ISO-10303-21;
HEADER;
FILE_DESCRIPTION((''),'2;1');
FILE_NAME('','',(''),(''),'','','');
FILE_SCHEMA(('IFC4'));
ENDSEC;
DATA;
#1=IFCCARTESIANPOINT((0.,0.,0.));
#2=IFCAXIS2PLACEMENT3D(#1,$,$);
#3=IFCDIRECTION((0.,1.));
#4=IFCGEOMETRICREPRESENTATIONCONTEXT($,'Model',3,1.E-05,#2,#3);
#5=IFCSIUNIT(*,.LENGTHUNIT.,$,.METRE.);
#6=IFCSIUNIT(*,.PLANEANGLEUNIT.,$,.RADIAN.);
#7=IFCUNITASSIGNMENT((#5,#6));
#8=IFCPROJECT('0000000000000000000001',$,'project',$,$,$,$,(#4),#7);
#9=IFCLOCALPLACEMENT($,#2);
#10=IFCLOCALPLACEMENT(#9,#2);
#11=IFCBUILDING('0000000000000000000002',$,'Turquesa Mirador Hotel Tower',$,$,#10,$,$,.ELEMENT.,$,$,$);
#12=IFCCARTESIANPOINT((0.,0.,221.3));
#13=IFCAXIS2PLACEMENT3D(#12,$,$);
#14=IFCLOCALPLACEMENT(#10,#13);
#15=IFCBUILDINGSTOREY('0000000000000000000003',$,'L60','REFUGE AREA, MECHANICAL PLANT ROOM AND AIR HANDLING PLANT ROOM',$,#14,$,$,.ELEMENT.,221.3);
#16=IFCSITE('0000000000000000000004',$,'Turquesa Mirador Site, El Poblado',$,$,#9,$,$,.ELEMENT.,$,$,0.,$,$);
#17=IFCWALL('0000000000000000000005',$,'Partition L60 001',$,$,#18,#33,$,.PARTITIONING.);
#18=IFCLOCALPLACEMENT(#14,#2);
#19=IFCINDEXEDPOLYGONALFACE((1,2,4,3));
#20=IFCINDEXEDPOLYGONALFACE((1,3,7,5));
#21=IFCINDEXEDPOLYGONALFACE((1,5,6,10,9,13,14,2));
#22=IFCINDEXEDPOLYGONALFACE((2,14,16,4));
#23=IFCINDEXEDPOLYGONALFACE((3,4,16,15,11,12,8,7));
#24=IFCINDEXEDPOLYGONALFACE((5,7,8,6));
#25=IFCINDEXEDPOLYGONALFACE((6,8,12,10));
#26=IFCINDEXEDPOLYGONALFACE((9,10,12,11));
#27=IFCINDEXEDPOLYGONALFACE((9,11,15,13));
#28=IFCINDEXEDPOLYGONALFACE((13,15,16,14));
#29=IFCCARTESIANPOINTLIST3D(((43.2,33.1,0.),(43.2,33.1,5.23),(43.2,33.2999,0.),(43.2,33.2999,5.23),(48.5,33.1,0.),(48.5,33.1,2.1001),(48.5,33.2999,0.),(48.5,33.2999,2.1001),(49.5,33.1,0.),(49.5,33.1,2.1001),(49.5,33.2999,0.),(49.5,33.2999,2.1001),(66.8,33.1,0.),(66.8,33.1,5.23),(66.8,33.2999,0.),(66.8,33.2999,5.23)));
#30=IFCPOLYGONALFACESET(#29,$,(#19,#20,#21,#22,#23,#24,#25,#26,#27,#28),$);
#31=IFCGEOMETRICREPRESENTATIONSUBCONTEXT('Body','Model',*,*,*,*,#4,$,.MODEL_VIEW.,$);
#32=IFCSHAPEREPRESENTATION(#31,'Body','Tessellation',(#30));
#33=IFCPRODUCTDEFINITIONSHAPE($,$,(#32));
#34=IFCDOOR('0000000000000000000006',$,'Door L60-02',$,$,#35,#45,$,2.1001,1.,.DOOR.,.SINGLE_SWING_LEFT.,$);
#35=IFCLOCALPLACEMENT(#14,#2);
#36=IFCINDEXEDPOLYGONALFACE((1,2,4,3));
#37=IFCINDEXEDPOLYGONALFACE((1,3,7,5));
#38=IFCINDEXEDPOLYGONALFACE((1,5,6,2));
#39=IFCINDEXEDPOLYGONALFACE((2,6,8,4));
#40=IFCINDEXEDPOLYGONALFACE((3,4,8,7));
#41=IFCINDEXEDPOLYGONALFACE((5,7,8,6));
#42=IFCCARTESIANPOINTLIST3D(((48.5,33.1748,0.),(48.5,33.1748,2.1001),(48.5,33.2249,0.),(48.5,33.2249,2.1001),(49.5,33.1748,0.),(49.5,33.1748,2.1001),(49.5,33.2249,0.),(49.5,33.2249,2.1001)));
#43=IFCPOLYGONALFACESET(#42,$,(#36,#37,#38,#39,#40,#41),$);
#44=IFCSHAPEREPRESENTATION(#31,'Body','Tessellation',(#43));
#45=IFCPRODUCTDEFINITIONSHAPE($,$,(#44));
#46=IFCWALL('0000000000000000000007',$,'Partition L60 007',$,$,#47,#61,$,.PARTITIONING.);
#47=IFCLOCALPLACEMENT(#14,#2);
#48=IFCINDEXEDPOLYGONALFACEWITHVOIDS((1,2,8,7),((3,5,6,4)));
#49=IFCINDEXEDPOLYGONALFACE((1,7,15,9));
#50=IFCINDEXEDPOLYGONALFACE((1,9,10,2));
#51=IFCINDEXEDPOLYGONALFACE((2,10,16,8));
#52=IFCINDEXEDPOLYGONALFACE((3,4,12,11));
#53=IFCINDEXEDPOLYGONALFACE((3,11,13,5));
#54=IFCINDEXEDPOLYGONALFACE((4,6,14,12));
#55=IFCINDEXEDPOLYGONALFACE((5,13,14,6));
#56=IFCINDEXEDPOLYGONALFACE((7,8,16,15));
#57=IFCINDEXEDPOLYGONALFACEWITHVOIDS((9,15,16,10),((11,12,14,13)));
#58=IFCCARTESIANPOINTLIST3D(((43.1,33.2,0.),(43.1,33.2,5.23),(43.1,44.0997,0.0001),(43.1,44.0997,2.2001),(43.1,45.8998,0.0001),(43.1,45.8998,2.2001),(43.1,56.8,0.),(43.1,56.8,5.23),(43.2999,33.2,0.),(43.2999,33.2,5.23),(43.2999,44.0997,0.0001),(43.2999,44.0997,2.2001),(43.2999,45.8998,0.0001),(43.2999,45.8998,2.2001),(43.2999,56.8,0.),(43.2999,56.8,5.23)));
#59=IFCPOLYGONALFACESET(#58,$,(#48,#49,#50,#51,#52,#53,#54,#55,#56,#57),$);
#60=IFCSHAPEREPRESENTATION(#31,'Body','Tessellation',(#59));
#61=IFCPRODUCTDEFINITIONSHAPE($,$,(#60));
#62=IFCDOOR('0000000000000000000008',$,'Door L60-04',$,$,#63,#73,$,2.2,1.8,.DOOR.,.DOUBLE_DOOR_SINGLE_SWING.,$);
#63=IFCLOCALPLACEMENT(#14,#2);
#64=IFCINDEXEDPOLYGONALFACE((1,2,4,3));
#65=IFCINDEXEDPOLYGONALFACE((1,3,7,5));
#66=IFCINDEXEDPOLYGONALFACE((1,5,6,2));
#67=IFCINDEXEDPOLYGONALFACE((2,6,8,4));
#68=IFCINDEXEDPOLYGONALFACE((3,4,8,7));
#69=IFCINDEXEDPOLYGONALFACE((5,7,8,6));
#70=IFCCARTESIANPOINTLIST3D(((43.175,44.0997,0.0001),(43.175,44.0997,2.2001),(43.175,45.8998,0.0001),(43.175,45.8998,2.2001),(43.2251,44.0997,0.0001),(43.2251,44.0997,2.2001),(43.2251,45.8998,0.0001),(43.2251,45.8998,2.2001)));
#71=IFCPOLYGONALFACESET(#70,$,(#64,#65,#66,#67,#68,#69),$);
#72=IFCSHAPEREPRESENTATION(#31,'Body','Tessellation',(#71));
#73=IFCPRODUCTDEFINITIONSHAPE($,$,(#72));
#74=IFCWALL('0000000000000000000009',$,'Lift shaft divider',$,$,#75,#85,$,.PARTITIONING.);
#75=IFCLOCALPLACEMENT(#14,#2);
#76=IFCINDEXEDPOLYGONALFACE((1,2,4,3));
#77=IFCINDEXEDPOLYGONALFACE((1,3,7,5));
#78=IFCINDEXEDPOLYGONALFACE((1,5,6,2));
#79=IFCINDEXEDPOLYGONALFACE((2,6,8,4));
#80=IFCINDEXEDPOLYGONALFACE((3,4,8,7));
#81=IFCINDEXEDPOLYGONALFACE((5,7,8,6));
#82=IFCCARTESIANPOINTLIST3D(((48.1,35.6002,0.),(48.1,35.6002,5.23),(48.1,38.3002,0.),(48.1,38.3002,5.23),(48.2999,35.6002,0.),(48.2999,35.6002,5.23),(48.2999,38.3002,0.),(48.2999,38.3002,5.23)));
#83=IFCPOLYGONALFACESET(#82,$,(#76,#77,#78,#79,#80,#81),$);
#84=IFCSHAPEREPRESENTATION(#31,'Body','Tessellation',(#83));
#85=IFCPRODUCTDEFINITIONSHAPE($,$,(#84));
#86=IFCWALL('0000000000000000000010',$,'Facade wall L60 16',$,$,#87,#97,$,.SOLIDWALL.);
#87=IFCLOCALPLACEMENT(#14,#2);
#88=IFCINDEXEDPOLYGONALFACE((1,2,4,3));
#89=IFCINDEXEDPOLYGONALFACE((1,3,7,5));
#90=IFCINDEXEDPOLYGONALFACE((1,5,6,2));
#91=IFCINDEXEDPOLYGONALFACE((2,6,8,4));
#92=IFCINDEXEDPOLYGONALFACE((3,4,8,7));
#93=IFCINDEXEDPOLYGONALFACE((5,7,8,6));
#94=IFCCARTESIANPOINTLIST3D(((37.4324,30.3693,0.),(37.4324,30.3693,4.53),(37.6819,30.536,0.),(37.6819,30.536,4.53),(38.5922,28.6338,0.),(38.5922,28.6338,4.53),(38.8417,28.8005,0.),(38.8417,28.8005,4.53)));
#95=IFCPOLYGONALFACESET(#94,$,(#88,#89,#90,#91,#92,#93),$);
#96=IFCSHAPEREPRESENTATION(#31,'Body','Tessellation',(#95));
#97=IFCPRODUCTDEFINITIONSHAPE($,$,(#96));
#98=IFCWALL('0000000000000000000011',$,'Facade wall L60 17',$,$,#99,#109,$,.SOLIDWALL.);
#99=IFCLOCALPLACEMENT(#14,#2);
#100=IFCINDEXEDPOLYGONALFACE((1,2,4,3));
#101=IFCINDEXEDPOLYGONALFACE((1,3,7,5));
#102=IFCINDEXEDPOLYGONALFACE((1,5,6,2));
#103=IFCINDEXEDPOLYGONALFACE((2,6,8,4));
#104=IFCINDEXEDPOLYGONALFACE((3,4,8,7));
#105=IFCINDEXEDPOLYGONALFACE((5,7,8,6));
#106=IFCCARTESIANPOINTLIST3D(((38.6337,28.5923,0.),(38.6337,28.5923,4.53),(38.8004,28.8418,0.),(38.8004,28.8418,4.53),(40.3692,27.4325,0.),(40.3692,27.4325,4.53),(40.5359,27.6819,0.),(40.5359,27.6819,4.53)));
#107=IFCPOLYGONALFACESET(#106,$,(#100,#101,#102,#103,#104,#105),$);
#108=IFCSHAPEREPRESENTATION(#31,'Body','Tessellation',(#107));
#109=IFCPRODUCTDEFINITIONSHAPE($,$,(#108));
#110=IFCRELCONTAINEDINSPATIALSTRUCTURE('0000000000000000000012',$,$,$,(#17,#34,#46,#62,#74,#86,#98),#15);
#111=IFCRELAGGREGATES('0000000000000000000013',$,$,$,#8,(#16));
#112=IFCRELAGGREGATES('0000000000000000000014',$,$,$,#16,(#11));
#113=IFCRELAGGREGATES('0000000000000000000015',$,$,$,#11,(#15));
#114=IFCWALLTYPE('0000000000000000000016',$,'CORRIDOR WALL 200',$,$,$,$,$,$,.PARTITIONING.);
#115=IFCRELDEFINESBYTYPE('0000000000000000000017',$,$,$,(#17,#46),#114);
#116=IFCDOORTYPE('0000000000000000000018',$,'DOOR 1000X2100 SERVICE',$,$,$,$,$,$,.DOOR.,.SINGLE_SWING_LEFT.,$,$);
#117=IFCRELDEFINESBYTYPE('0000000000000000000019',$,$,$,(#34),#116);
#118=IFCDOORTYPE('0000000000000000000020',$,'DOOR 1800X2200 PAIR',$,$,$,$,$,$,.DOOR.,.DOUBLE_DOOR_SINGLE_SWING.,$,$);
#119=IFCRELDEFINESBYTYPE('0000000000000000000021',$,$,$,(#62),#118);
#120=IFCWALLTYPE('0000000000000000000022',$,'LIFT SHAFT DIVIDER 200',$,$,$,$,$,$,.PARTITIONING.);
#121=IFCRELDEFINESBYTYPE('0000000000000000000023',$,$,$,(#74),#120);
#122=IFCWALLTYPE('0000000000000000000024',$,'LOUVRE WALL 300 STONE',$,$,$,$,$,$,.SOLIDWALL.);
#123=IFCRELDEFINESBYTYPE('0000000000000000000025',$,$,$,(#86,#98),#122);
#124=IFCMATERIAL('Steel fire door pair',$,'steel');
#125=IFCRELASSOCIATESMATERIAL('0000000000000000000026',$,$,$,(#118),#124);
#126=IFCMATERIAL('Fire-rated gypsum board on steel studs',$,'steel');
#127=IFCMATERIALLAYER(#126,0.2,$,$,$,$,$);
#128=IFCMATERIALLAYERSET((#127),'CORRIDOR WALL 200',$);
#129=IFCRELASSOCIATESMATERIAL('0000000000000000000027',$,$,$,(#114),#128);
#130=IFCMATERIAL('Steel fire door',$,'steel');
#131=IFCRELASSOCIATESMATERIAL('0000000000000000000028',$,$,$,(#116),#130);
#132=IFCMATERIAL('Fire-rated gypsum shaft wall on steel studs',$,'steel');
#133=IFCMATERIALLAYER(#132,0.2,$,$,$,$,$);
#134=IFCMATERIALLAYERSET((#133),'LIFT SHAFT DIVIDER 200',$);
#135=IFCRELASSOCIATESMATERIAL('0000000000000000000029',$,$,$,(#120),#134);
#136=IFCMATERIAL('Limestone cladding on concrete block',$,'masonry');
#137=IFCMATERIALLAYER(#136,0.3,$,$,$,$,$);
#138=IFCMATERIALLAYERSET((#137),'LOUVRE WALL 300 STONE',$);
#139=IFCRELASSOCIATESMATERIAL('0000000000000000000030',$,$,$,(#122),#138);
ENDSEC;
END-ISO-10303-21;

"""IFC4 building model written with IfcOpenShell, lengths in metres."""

from ifc_helpers import new_model, si_unit, direction, frame, frame_2d, origin, place, context, subcontext, project, spatial, rectangle, extrude, material, layer, layer_set, type_object, element, fill, save


model = new_model("IFC4")

# Units and contexts
model_context = context("Model", 3, precision=1e-05, world=origin(), true_north=direction((0.0, 1.0)))
body_context = subcontext(model_context, "Body", "Model", "MODEL_VIEW")
ifc_project = project(units=[si_unit("LENGTHUNIT", "METRE"), si_unit("PLANEANGLEUNIT", "RADIAN")], contexts=[model_context])

# Site, building, storey
site_placement = place(None, origin())
site = spatial("IfcSite", under=ifc_project, at=site_placement, Name="Turquesa Mirador Site, El Poblado", CompositionType="ELEMENT", RefElevation=0.0)
building_placement = place(site_placement, origin())
building = spatial("IfcBuilding", under=site, at=building_placement, Name="Turquesa Mirador Hotel Tower", CompositionType="ELEMENT")
storey_placement = place(building_placement, frame((0.0, 0.0, 221.3)))
storey = spatial("IfcBuildingStorey", under=building, at=storey_placement, Name="L60", Description="REFUGE AREA, MECHANICAL PLANT ROOM AND AIR HANDLING PLANT ROOM", CompositionType="ELEMENT", Elevation=221.3)

# Shared definitions
ifc_material_1 = material(Name="Steel fire door pair", Category="steel")
door_type_1 = type_object("IfcDoorType", Name="DOOR 1800X2200 PAIR", OperationType="DOUBLE_DOOR_SINGLE_SWING", PredefinedType="DOOR", material=ifc_material_1)

# Walls, openings, doors
ifc_material_2 = material(Name="Fire-rated gypsum board on steel studs", Category="steel")
ifc_layer_1 = layer(ifc_material_2, 0.2)
ifc_layer_set_1 = layer_set([ifc_layer_1], Name="CORRIDOR WALL 200")
wall_type_1 = type_object("IfcWallType", Name="CORRIDOR WALL 200", PredefinedType="PARTITIONING", material=ifc_layer_set_1)
wall_1_placement = place(storey_placement, frame((43.2, 33.2, 0.0), z_axis=(0.0, 0.0, 1.0), x_axis=(1.0, 0.0, 0.0)))
wall_1 = element("IfcWall", 1, at=wall_1_placement, inside=storey, type_object=wall_type_1, Name="Partition L60 001", PredefinedType="PARTITIONING", context=body_context, shape_type="SweptSolid", body=[
    extrude(rectangle(XDim=23.6001, YDim=0.2, at=frame_2d((11.8, 0.0))), origin(), (0.0, 0.0, 1.0), 5.23),
])
opening_1_placement = place(wall_1_placement, frame((5.3, 0.0, 0.0)))
opening_1 = element("IfcOpeningElement", 2, at=opening_1_placement, cuts=wall_1, PredefinedType="OPENING", context=body_context, shape_type="SweptSolid", body=[
    extrude(rectangle(XDim=1.0, YDim=2.1001, at=frame_2d((0.5, 1.05))), frame((0.0, 0.1099, 0.0), z_axis=(0.0, -1.0, 0.0), x_axis=(1.0, 0.0, 0.0)), (0.0, 0.0, 1.0), 0.22),
])
ifc_material_3 = material(Name="Steel fire door", Category="steel")
door_type_2 = type_object("IfcDoorType", Name="DOOR 1000X2100 SERVICE", OperationType="SINGLE_SWING_LEFT", PredefinedType="DOOR", material=ifc_material_3)
door_1_placement = place(opening_1_placement, origin())
door_1 = element("IfcDoor", 3, at=door_1_placement, inside=storey, type_object=door_type_2, Name="Door L60-02", OperationType="SINGLE_SWING_LEFT", OverallHeight=2.1001, OverallWidth=1.0, PredefinedType="DOOR", context=body_context, shape_type="SweptSolid", body=[
    extrude(rectangle(XDim=1.0, YDim=2.1001, at=frame_2d((0.5, 1.05))), frame((0.0, 0.0249, 0.0), z_axis=(0.0, -1.0, 0.0), x_axis=(1.0, 0.0, 0.0)), (0.0, 0.0, 1.0), 0.05),
])
fill(opening_1, door_1)
wall_2_placement = place(storey_placement, frame((43.2, 33.2, 0.0), z_axis=(0.0, 0.0, 1.0), x_axis=(0.0, 1.0, 0.0)))
wall_2 = element("IfcWall", 4, at=wall_2_placement, inside=storey, type_object=wall_type_1, Name="Partition L60 007", PredefinedType="PARTITIONING", context=body_context, shape_type="SweptSolid", body=[
    extrude(rectangle(XDim=23.6001, YDim=0.2, at=frame_2d((11.8, 0.0))), origin(), (0.0, 0.0, 1.0), 5.23),
])
opening_2_placement = place(wall_2_placement, frame((10.8999, 0.0, 0.0)))
opening_2 = element("IfcOpeningElement", 5, at=opening_2_placement, cuts=wall_2, PredefinedType="OPENING", context=body_context, shape_type="SweptSolid", body=[
    extrude(rectangle(XDim=1.8, YDim=2.2, at=frame_2d((0.8999, 1.1001))), frame((0.0, 0.1099, 0.0), z_axis=(0.0, -1.0, 0.0), x_axis=(1.0, 0.0, 0.0)), (0.0, 0.0, 1.0), 0.22),
])
door_2_placement = place(opening_2_placement, origin())
door_2 = element("IfcDoor", 6, at=door_2_placement, inside=storey, type_object=door_type_1, Name="Door L60-04", OperationType="DOUBLE_DOOR_SINGLE_SWING", OverallHeight=2.2, OverallWidth=1.8, PredefinedType="DOOR", context=body_context, shape_type="SweptSolid", body=[
    extrude(rectangle(XDim=1.8, YDim=2.2, at=frame_2d((0.8999, 1.1001))), frame((0.0, 0.0249, 0.0), z_axis=(0.0, -1.0, 0.0), x_axis=(1.0, 0.0, 0.0)), (0.0, 0.0, 1.0), 0.05),
])
fill(opening_2, door_2)

# Walls
ifc_material_4 = material(Name="Fire-rated gypsum shaft wall on steel studs", Category="steel")
ifc_layer_2 = layer(ifc_material_4, 0.2)
ifc_layer_set_2 = layer_set([ifc_layer_2], Name="LIFT SHAFT DIVIDER 200")
wall_type_2 = type_object("IfcWallType", Name="LIFT SHAFT DIVIDER 200", PredefinedType="PARTITIONING", material=ifc_layer_set_2)
wall_3_placement = place(storey_placement, frame((48.2, 35.6001, 0.0), z_axis=(0.0, 0.0, 1.0), x_axis=(0.0, 1.0, 0.0)))
element("IfcWall", 7, at=wall_3_placement, inside=storey, type_object=wall_type_2, Name="Lift shaft divider", PredefinedType="PARTITIONING", context=body_context, shape_type="SweptSolid", body=[
    extrude(rectangle(XDim=2.7, YDim=0.2, at=frame_2d((1.3501, 0.0))), origin(), (0.0, 0.0, 1.0), 5.23),
])
ifc_material_5 = material(Name="Limestone cladding on concrete block", Category="masonry")
ifc_layer_3 = layer(ifc_material_5, 0.3)
ifc_layer_set_3 = layer_set([ifc_layer_3], Name="LOUVRE WALL 300 STONE")
wall_type_3 = type_object("IfcWallType", Name="LOUVRE WALL 300 STONE", PredefinedType="SOLIDWALL", material=ifc_layer_set_3)
for number, where, z_axis, x_axis, name in (
    (8, (37.5571, 30.4526, 0.0), (0.0, 0.0, 1.0), (0.555644, -0.83142, 0.0), "Facade wall L60 16"),
    (9, (38.717, 28.717, 0.0), (0.0, 0.0, 1.0), (0.83142, -0.555644, 0.0), "Facade wall L60 17"),
):
    element("IfcWall", number, at=place(storey_placement, frame(where, z_axis=z_axis, x_axis=x_axis)), inside=storey, type_object=wall_type_3, Name=name, PredefinedType="SOLIDWALL", context=body_context, shape_type="SweptSolid", body=[
        extrude(rectangle(XDim=2.0874, YDim=0.3, at=frame_2d((1.0437, 0.0))), origin(), (0.0, 0.0, 1.0), 4.53),
    ])

save(model, "model.ifc")
